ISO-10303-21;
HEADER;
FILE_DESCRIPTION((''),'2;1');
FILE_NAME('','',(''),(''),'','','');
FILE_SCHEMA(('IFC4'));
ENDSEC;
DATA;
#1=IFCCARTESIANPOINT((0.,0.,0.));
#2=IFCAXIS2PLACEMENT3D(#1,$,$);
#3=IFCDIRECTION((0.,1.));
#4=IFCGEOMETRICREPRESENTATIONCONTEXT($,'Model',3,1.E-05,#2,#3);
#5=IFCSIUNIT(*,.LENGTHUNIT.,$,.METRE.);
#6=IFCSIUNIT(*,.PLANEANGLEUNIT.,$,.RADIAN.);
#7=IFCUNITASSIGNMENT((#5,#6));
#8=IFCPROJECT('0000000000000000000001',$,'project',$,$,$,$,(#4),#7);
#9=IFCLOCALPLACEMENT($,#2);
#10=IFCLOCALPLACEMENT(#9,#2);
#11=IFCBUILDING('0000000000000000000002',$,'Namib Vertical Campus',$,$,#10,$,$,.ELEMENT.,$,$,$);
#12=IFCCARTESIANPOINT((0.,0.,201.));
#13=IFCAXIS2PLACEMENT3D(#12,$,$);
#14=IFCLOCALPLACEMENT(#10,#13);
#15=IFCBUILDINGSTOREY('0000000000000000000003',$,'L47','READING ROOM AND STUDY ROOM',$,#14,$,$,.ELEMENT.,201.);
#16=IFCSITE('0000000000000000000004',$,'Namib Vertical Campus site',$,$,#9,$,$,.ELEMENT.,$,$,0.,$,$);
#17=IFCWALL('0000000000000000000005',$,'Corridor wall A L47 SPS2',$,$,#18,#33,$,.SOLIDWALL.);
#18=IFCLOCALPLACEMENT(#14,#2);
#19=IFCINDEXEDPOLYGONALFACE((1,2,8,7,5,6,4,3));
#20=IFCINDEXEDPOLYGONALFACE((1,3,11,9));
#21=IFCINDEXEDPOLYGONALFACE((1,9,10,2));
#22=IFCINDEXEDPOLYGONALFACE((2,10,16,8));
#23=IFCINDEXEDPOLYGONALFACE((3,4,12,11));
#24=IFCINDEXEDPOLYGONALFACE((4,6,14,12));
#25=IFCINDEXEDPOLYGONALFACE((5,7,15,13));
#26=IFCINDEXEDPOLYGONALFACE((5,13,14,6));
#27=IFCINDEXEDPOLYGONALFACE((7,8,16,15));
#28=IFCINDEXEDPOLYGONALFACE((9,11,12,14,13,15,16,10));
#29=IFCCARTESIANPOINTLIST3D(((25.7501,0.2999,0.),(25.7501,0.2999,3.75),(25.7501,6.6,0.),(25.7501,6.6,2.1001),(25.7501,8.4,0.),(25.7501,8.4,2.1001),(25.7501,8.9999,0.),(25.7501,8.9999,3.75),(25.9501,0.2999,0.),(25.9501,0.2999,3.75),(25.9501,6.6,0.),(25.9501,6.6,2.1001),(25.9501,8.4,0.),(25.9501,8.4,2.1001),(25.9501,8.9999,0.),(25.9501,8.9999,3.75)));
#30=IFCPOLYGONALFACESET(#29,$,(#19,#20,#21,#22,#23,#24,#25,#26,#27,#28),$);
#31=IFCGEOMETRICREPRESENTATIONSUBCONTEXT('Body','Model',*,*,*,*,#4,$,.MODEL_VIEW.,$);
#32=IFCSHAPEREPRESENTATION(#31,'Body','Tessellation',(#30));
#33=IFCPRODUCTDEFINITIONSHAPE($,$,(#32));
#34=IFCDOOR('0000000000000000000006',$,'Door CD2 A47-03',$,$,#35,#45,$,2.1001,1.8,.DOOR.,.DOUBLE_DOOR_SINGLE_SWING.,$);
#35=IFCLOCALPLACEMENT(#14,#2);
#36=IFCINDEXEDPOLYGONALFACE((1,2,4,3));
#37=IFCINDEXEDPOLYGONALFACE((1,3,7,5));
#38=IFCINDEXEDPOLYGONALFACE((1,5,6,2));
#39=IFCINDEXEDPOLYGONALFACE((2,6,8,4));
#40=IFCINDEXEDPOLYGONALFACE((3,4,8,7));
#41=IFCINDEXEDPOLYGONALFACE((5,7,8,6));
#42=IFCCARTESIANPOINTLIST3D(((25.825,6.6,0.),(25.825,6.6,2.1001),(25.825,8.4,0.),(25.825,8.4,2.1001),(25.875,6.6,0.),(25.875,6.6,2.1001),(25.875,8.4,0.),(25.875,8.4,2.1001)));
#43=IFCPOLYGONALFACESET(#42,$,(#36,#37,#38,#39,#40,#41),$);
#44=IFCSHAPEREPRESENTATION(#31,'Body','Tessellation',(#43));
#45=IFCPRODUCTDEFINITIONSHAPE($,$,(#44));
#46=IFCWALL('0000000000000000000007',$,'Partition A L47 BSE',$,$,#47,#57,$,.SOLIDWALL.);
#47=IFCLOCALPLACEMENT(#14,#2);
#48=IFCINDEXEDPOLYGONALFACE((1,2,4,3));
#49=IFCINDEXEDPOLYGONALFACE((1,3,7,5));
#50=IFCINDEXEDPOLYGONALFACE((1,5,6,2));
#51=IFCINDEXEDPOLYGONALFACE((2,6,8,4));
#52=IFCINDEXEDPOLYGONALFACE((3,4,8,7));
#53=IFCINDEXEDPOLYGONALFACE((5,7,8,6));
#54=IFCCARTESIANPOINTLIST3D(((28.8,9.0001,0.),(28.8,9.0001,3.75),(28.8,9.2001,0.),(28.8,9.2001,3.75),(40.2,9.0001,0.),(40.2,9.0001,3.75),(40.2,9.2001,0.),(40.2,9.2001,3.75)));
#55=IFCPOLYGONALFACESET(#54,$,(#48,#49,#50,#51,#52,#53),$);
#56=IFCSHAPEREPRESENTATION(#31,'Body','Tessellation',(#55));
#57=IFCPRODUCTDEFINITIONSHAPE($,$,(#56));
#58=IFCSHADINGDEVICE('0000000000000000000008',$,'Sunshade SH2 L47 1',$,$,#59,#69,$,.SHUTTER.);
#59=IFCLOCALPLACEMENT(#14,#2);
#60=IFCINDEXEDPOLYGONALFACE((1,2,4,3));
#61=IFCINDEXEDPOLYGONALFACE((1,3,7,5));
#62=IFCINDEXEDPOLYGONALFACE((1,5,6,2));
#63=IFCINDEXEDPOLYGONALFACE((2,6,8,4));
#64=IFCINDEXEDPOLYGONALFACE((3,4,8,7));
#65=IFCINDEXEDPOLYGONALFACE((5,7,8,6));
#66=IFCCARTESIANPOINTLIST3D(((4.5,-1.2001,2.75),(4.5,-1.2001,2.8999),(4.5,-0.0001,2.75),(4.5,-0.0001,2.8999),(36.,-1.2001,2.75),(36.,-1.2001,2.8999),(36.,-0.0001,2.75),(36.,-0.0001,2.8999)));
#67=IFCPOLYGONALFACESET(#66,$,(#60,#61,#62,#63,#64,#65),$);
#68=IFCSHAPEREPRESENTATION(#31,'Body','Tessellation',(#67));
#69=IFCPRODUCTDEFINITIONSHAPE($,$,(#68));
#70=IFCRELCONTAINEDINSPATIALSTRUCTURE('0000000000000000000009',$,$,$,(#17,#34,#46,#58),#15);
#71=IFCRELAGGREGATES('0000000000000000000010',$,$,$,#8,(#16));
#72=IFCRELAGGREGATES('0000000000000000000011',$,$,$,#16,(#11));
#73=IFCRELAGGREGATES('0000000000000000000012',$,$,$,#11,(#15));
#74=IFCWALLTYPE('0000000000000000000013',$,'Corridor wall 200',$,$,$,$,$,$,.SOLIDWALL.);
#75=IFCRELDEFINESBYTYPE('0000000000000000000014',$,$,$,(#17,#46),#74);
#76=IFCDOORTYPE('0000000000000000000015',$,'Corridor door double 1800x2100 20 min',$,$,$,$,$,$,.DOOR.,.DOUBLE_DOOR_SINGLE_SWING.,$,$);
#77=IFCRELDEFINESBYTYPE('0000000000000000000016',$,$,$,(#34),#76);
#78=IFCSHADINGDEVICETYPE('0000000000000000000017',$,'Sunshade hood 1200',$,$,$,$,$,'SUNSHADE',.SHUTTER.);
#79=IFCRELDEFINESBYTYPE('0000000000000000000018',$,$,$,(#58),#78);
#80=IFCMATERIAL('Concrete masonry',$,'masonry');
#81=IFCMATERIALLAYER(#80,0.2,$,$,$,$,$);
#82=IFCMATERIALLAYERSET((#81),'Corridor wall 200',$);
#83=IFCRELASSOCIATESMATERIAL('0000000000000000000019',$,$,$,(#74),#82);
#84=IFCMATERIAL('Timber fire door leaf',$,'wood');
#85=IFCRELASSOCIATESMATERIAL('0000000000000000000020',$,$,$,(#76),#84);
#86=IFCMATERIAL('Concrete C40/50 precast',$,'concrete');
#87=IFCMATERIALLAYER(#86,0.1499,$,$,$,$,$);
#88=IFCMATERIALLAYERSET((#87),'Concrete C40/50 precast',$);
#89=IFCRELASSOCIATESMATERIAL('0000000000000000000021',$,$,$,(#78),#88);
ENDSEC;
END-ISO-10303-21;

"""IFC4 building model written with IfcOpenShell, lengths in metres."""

from ifc_helpers import new_model, si_unit, direction, frame, frame_2d, origin, origin_2d, place, context, subcontext, project, spatial, rectangle, extrude, material, layer, layer_set, type_object, element, fill, save


model = new_model("IFC4")

# Units and contexts
model_context = context("Model", 3, precision=1e-05, world=origin(), true_north=direction((0.0, 1.0)))
body_context = subcontext(model_context, "Body", "Model", "MODEL_VIEW")
ifc_project = project(units=[si_unit("LENGTHUNIT", "METRE"), si_unit("PLANEANGLEUNIT", "RADIAN")], contexts=[model_context])

# Site, building, storey
site_placement = place(None, origin())
site = spatial("IfcSite", under=ifc_project, at=site_placement, Name="Namib Vertical Campus site", CompositionType="ELEMENT", RefElevation=0.0)
building_placement = place(site_placement, origin())
building = spatial("IfcBuilding", under=site, at=building_placement, Name="Namib Vertical Campus", CompositionType="ELEMENT")
storey_placement = place(building_placement, frame((0.0, 0.0, 201.0)))
storey = spatial("IfcBuildingStorey", under=building, at=storey_placement, Name="L47", Description="READING ROOM AND STUDY ROOM", CompositionType="ELEMENT", Elevation=201.0)

# Shared definitions
ifc_material_1 = material(Name="Concrete masonry", Category="masonry")
ifc_layer_1 = layer(ifc_material_1, 0.2)
ifc_layer_set_1 = layer_set([ifc_layer_1], Name="Corridor wall 200")
wall_type = type_object("IfcWallType", Name="Corridor wall 200", PredefinedType="SOLIDWALL", material=ifc_layer_set_1)
ifc_material_2 = material(Name="Timber fire door leaf", Category="wood")
door_type_1 = type_object("IfcDoorType", Name="Corridor door double 1800x2100 20 min", OperationType="DOUBLE_DOOR_SINGLE_SWING", PredefinedType="DOOR", material=ifc_material_2)

# Wall, opening, door
wall_1_placement = place(storey_placement, frame((25.8501, 9.0, 0.0), z_axis=(0.0, 0.0, 1.0), x_axis=(0.0, -1.0, 0.0)))
wall_1 = element("IfcWall", 1, at=wall_1_placement, inside=storey, type_object=wall_type, Name="Corridor wall A L47 SPS2", PredefinedType="SOLIDWALL", context=body_context, shape_type="SweptSolid", body=[
    extrude(rectangle(XDim=8.7, YDim=0.2, at=frame_2d((4.3501, 0.0))), origin(), (0.0, 0.0, 1.0), 3.75),
])
opening_1_placement = place(wall_1_placement, frame((0.6001, 0.0, 0.0)))
opening_1 = element("IfcOpeningElement", 2, at=opening_1_placement, cuts=wall_1, PredefinedType="OPENING", context=body_context, shape_type="SweptSolid", body=[
    extrude(rectangle(XDim=1.8, YDim=2.1001, at=frame_2d((0.8999, 1.05))), frame((0.0, 0.1099, 0.0), z_axis=(0.0, -1.0, 0.0), x_axis=(1.0, 0.0, 0.0)), (0.0, 0.0, 1.0), 0.22),
])
door_1_placement = place(opening_1_placement, origin())
door_1 = element("IfcDoor", 3, at=door_1_placement, inside=storey, type_object=door_type_1, Name="Door CD2 A47-03", OperationType="DOUBLE_DOOR_SINGLE_SWING", OverallHeight=2.1001, OverallWidth=1.8, PredefinedType="DOOR", context=body_context, shape_type="SweptSolid", body=[
    extrude(rectangle(XDim=1.8, YDim=2.1001, at=frame_2d((0.8999, 1.05))), frame((0.0, 0.0249, 0.0), z_axis=(0.0, -1.0, 0.0), x_axis=(1.0, 0.0, 0.0)), (0.0, 0.0, 1.0), 0.05),
])
fill(opening_1, door_1)

# Wall
wall_2_placement = place(storey_placement, frame((28.8, 9.1001, 0.0), z_axis=(0.0, 0.0, 1.0), x_axis=(1.0, 0.0, 0.0)))
element("IfcWall", 4, at=wall_2_placement, inside=storey, type_object=wall_type, Name="Partition A L47 BSE", PredefinedType="SOLIDWALL", context=body_context, shape_type="SweptSolid", body=[
    extrude(rectangle(XDim=11.3999, YDim=0.2, at=frame_2d((5.7, 0.0))), origin(), (0.0, 0.0, 1.0), 3.75),
])

# Shading device
ifc_material_3 = material(Name="Concrete C40/50 precast", Category="concrete")
ifc_layer_2 = layer(ifc_material_3, 0.1499)
ifc_layer_set_2 = layer_set([ifc_layer_2], Name="Concrete C40/50 precast")
shading_device_type = type_object("IfcShadingDeviceType", Name="Sunshade hood 1200", ElementType="SUNSHADE", PredefinedType="SHUTTER", material=ifc_layer_set_2)
shading_device_placement = place(storey_placement, frame((20.25, -0.6001, 2.75), z_axis=(0.0, 0.0, 1.0), x_axis=(1.0, 0.0, 0.0)))
element("IfcShadingDevice", 5, at=shading_device_placement, inside=storey, type_object=shading_device_type, Name="Sunshade SH2 L47 1", PredefinedType="SHUTTER", context=body_context, shape_type="SweptSolid", body=[
    extrude(rectangle(XDim=31.5, YDim=1.2, at=origin_2d()), origin(), (0.0, 0.0, 1.0), 0.1499),
])

save(model, "model.ifc")
